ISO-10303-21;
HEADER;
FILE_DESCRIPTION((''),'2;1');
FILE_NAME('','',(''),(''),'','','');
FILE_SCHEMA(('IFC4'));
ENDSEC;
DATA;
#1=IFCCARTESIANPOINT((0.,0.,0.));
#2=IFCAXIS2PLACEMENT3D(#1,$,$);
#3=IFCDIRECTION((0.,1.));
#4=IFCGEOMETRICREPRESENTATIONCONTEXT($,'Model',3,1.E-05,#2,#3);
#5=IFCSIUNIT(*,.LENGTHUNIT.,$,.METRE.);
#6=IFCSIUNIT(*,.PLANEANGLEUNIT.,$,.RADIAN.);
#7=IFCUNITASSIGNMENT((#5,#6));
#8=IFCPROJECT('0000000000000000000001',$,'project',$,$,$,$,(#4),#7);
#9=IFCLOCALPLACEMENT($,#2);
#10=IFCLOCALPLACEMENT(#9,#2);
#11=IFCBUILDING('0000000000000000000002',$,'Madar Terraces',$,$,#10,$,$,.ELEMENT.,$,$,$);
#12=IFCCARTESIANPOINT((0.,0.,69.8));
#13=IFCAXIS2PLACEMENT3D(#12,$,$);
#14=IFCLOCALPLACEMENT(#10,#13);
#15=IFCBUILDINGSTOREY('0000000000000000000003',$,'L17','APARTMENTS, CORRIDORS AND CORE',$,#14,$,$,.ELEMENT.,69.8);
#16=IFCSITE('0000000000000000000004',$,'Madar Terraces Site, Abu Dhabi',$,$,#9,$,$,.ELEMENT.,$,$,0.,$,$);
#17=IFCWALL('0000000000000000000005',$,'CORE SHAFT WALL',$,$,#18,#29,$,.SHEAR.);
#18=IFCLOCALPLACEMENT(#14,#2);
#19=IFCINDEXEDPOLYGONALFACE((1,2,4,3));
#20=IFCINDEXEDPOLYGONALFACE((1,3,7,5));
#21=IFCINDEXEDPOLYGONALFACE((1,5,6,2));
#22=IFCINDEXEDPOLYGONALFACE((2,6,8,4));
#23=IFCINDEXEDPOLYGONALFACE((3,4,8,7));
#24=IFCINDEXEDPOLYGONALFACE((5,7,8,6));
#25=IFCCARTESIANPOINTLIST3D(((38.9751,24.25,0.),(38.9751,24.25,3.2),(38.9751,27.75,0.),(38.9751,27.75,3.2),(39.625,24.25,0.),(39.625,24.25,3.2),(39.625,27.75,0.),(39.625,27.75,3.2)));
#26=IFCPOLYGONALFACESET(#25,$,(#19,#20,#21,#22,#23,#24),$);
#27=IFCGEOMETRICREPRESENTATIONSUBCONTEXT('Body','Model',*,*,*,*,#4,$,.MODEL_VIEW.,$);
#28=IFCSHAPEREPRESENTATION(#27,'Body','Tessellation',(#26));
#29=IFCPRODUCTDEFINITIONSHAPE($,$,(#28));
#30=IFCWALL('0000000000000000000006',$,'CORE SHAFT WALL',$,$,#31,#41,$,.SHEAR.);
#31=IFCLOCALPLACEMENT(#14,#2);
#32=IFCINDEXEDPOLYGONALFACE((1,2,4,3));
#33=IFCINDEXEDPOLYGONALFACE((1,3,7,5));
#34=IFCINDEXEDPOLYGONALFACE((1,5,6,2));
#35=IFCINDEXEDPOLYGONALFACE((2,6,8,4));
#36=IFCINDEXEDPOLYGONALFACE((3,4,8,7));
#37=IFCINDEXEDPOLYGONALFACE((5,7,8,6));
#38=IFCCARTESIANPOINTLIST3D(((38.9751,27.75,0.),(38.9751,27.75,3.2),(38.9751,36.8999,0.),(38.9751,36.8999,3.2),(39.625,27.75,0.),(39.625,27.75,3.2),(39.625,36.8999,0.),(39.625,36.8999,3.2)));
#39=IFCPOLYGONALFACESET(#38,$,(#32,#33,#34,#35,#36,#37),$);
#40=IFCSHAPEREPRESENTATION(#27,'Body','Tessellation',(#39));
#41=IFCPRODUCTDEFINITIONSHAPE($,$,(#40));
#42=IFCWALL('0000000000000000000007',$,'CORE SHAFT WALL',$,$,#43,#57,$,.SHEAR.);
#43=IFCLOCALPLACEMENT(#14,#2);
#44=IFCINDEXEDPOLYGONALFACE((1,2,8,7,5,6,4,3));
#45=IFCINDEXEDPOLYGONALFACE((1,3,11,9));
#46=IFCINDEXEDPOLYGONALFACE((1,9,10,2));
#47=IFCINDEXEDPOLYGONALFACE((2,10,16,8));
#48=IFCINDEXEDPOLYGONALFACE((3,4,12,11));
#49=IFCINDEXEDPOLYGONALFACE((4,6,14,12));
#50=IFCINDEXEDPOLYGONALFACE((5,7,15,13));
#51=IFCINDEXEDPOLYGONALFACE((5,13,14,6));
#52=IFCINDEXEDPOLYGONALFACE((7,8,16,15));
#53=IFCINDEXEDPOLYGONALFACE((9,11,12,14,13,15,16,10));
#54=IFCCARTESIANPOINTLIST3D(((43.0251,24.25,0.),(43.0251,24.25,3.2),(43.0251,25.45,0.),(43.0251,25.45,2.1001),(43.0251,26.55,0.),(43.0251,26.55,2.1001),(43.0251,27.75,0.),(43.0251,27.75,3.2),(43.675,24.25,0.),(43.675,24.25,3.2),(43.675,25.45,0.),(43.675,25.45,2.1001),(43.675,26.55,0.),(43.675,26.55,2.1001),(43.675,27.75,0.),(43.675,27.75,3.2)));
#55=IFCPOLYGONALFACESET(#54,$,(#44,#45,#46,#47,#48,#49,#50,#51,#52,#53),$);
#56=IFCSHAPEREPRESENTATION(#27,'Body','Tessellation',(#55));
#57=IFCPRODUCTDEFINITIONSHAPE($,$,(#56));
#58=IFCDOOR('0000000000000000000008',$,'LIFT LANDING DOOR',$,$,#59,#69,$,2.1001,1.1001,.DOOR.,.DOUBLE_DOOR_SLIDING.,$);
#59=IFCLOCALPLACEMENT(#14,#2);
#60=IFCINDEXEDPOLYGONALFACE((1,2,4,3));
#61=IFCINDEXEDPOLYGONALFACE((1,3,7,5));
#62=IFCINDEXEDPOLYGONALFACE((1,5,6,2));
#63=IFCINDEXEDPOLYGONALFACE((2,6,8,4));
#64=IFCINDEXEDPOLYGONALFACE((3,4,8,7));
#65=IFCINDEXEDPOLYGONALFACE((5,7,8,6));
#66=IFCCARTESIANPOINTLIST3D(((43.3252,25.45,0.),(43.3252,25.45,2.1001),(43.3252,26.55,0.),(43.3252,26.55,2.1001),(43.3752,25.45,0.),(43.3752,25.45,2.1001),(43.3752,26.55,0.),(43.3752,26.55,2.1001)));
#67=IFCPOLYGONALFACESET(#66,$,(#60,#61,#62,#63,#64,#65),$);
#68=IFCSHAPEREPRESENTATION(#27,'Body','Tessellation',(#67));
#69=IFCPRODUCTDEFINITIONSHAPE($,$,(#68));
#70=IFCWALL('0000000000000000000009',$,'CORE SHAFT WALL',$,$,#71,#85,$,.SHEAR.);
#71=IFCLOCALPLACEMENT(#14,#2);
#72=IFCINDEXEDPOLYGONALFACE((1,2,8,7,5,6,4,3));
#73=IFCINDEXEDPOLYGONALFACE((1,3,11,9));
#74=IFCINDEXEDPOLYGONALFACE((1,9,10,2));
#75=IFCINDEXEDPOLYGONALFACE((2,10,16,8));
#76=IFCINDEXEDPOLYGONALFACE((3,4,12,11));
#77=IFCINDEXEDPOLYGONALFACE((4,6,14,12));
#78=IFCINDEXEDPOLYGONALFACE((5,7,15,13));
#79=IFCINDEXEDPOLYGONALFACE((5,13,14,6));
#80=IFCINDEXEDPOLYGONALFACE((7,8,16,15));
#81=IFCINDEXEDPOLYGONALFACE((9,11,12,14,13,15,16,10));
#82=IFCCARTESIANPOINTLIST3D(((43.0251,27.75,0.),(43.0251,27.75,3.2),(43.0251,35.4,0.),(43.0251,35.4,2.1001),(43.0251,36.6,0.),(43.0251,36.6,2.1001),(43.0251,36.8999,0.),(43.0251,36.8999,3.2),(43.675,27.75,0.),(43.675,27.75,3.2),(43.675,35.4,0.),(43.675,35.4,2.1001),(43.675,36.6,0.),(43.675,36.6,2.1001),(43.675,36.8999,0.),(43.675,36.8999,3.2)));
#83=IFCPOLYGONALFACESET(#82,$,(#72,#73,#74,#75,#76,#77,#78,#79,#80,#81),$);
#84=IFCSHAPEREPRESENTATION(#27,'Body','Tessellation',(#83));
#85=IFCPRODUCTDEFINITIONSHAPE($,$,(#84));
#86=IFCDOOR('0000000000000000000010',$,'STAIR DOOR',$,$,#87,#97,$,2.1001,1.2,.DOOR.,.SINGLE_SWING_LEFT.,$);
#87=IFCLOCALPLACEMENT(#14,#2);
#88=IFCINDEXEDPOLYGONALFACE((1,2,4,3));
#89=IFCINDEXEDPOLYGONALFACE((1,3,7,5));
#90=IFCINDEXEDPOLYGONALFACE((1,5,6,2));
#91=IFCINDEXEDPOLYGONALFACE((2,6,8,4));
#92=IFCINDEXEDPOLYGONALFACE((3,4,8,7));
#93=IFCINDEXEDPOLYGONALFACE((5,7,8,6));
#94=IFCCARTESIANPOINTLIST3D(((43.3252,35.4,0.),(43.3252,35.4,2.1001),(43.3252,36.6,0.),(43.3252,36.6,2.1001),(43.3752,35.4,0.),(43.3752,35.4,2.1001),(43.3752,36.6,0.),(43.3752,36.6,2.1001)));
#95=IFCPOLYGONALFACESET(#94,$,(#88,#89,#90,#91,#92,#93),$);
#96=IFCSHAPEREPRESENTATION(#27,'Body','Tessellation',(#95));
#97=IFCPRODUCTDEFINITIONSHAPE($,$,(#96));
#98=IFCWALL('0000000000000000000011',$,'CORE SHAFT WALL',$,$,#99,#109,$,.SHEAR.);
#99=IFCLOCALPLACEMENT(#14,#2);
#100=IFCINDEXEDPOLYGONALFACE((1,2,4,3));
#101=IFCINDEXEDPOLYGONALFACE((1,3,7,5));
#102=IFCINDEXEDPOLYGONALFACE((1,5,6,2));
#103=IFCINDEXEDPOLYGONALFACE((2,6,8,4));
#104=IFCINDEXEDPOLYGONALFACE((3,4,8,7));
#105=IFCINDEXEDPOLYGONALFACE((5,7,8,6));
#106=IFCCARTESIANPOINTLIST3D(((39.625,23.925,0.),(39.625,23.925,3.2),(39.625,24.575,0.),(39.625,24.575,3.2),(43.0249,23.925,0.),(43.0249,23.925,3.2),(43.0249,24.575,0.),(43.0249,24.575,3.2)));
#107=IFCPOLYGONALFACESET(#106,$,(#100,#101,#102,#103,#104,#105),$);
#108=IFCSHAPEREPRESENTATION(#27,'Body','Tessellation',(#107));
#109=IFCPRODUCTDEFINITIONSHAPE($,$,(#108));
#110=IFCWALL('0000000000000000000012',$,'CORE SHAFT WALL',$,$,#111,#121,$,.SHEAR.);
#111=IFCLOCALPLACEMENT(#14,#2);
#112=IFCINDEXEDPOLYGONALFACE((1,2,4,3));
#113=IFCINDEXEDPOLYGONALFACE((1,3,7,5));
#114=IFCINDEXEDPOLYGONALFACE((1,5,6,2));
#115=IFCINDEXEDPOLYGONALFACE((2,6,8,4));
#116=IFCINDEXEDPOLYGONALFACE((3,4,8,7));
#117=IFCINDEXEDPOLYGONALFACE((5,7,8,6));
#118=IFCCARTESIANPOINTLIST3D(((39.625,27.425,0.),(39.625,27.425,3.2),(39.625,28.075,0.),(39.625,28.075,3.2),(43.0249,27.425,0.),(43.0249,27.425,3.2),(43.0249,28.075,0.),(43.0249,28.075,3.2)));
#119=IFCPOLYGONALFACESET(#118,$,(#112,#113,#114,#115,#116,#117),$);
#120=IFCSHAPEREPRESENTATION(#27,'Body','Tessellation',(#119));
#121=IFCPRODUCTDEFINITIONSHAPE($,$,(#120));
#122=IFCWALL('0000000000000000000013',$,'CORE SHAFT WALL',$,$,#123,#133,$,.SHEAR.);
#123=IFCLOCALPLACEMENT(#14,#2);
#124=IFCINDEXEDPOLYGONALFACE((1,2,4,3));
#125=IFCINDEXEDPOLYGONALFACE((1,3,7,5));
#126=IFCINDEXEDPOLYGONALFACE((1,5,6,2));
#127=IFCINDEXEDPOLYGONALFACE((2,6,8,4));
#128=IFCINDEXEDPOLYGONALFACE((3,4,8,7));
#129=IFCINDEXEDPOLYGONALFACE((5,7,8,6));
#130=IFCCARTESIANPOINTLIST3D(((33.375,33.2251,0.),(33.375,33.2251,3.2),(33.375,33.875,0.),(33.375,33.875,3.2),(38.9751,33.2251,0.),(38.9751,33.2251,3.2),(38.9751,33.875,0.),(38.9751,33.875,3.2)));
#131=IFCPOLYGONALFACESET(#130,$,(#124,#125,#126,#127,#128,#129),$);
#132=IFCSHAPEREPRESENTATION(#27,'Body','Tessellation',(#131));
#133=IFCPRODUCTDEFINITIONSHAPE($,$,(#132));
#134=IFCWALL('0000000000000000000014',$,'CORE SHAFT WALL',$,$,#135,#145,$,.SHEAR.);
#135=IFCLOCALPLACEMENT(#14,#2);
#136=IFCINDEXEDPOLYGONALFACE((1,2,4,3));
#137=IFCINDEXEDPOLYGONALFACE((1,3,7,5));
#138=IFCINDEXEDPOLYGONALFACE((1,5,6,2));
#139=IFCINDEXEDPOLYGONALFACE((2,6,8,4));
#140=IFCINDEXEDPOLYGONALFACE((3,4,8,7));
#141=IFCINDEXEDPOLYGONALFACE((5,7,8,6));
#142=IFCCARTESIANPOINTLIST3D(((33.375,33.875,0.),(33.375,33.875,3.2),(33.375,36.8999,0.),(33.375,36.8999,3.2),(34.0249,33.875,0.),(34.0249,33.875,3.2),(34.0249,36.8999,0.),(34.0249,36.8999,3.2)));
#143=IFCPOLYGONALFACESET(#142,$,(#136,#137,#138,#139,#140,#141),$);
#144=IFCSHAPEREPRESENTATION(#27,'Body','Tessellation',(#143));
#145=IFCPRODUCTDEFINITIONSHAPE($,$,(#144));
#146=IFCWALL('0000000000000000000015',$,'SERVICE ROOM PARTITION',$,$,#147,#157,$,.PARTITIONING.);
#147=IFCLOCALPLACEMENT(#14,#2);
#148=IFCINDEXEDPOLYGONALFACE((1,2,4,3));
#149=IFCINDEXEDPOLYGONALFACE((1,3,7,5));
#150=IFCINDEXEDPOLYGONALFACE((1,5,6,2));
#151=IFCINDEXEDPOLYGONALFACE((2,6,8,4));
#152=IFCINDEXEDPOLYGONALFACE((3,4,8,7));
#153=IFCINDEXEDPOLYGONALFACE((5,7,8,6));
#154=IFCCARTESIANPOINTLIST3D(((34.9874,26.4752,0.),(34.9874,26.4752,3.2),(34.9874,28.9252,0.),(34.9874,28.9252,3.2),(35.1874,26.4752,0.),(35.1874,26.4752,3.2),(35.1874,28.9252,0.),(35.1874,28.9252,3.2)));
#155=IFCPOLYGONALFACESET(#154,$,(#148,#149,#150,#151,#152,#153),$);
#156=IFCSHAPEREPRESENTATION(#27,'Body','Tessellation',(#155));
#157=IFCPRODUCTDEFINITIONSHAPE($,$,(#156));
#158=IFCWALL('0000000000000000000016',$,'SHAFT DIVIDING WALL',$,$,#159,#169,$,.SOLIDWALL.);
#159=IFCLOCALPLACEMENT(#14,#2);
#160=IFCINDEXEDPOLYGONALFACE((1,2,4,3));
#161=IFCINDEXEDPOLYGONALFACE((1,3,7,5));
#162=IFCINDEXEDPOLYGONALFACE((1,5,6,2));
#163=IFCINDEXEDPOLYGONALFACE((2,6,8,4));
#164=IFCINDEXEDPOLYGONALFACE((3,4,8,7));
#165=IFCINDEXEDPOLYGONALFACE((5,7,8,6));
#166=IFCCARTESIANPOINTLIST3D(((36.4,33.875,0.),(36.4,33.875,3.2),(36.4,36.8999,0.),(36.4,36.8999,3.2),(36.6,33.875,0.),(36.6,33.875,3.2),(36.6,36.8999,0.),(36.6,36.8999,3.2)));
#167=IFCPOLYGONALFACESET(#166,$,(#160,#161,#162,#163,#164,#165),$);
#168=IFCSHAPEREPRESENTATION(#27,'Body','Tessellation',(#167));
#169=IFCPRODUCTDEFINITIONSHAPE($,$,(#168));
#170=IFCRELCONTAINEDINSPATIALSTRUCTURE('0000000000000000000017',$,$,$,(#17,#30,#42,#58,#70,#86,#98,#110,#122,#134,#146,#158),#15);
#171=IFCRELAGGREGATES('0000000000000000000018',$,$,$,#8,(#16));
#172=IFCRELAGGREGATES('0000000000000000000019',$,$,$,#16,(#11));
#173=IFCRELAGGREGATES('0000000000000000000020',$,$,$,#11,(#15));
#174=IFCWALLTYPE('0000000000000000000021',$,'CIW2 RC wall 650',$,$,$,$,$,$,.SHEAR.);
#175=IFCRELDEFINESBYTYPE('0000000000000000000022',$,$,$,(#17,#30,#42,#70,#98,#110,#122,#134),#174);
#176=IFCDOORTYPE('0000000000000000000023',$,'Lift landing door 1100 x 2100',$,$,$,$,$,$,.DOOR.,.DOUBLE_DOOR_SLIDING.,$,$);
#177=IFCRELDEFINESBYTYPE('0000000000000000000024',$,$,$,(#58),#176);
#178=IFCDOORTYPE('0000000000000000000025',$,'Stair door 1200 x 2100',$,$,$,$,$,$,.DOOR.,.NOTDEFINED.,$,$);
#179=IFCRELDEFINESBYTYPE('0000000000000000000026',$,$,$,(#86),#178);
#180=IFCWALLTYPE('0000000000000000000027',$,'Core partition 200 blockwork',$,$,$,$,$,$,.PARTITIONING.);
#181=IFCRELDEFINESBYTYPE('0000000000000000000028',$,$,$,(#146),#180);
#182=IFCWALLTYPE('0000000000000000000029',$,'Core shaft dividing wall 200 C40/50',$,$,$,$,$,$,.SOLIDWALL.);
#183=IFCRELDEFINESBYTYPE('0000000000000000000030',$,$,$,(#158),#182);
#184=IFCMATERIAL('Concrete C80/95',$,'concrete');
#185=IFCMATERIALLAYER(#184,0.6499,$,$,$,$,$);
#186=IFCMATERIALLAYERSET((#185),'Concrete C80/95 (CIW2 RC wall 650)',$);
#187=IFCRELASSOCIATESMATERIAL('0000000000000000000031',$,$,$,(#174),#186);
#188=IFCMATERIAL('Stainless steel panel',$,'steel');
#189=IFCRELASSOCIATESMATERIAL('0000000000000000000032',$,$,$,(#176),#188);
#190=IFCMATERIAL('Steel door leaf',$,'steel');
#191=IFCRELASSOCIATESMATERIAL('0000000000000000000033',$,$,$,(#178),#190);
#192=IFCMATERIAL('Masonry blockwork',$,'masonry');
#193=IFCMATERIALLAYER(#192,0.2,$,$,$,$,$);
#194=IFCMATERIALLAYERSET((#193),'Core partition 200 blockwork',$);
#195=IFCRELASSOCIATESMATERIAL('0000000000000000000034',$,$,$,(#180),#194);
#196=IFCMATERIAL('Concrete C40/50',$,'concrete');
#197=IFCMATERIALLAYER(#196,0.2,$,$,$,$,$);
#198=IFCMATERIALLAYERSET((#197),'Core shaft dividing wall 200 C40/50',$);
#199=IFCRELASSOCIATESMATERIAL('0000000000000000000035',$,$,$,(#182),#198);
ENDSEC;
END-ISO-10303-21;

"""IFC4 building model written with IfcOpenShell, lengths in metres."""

from ifc_helpers import new_model, si_unit, direction, frame, frame_2d, origin, place, context, subcontext, project, spatial, rectangle, extrude, material, layer, layer_set, type_object, element, fill, save


model = new_model("IFC4")

# Units and contexts
model_context = context("Model", 3, precision=1e-05, world=origin(), true_north=direction((0.0, 1.0)))
body_context = subcontext(model_context, "Body", "Model", "MODEL_VIEW")
ifc_project = project(units=[si_unit("LENGTHUNIT", "METRE"), si_unit("PLANEANGLEUNIT", "RADIAN")], contexts=[model_context])

# Site, building, storey
site_placement = place(None, origin())
site = spatial("IfcSite", under=ifc_project, at=site_placement, Name="Madar Terraces Site, Abu Dhabi", CompositionType="ELEMENT", RefElevation=0.0)
building_placement = place(site_placement, origin())
building = spatial("IfcBuilding", under=site, at=building_placement, Name="Madar Terraces", CompositionType="ELEMENT")
storey_placement = place(building_placement, frame((0.0, 0.0, 69.8)))
storey = spatial("IfcBuildingStorey", under=building, at=storey_placement, Name="L17", Description="APARTMENTS, CORRIDORS AND CORE", CompositionType="ELEMENT", Elevation=69.8)

# Walls
ifc_material_1 = material(Name="Concrete C80/95", Category="concrete")
ifc_layer_1 = layer(ifc_material_1, 0.6499)
ifc_layer_set_1 = layer_set([ifc_layer_1], Name="Concrete C80/95 (CIW2 RC wall 650)")
wall_type_1 = type_object("IfcWallType", Name="CIW2 RC wall 650", PredefinedType="SHEAR", material=ifc_layer_set_1)
wall_1_placement = place(storey_placement, frame((39.3, 24.25, 0.0), z_axis=(0.0, 0.0, 1.0), x_axis=(0.0, 1.0, 0.0)))
element("IfcWall", 1, at=wall_1_placement, inside=storey, type_object=wall_type_1, Name="CORE SHAFT WALL", PredefinedType="SHEAR", context=body_context, shape_type="SweptSolid", body=[
    extrude(rectangle(XDim=3.5, YDim=0.6499, at=frame_2d((1.75, 0.0))), origin(), (0.0, 0.0, 1.0), 3.2),
])
wall_2_placement = place(storey_placement, frame((39.3, 27.75, 0.0), z_axis=(0.0, 0.0, 1.0), x_axis=(0.0, 1.0, 0.0)))
element("IfcWall", 2, at=wall_2_placement, inside=storey, type_object=wall_type_1, Name="CORE SHAFT WALL", PredefinedType="SHEAR", context=body_context, shape_type="SweptSolid", body=[
    extrude(rectangle(XDim=9.1499, YDim=0.6499, at=frame_2d((4.575, 0.0))), origin(), (0.0, 0.0, 1.0), 3.2),
])

# Walls, openings, doors
wall_3_placement = place(storey_placement, frame((43.3501, 24.25, 0.0), z_axis=(0.0, 0.0, 1.0), x_axis=(0.0, 1.0, 0.0)))
wall_3 = element("IfcWall", 3, at=wall_3_placement, inside=storey, type_object=wall_type_1, Name="CORE SHAFT WALL", PredefinedType="SHEAR", context=body_context, shape_type="SweptSolid", body=[
    extrude(rectangle(XDim=3.5, YDim=0.6499, at=frame_2d((1.75, 0.0))), origin(), (0.0, 0.0, 1.0), 3.2),
])
opening_1_placement = place(wall_3_placement, frame((1.2, 0.0, 0.0)))
opening_1 = element("IfcOpeningElement", 4, at=opening_1_placement, cuts=wall_3, PredefinedType="OPENING", context=body_context, shape_type="SweptSolid", body=[
    extrude(rectangle(XDim=1.1001, YDim=2.1001, at=frame_2d((0.55, 1.05))), frame((0.0, 0.335, 0.0), z_axis=(0.0, -1.0, 0.0), x_axis=(1.0, 0.0, 0.0)), (0.0, 0.0, 1.0), 0.6699),
])
ifc_material_2 = material(Name="Stainless steel panel", Category="steel")
door_type_1 = type_object("IfcDoorType", Name="Lift landing door 1100 x 2100", OperationType="DOUBLE_DOOR_SLIDING", PredefinedType="DOOR", material=ifc_material_2)
door_1_placement = place(opening_1_placement, origin())
door_1 = element("IfcDoor", 5, at=door_1_placement, inside=storey, type_object=door_type_1, Name="LIFT LANDING DOOR", OperationType="DOUBLE_DOOR_SLIDING", OverallHeight=2.1001, OverallWidth=1.1001, PredefinedType="DOOR", context=body_context, shape_type="SweptSolid", body=[
    extrude(rectangle(XDim=1.1001, YDim=2.1001, at=frame_2d((0.55, 1.05))), frame((0.0, 0.0249, 0.0), z_axis=(0.0, -1.0, 0.0), x_axis=(1.0, 0.0, 0.0)), (0.0, 0.0, 1.0), 0.05),
])
fill(opening_1, door_1)
wall_4_placement = place(storey_placement, frame((43.3501, 27.75, 0.0), z_axis=(0.0, 0.0, 1.0), x_axis=(0.0, 1.0, 0.0)))
wall_4 = element("IfcWall", 6, at=wall_4_placement, inside=storey, type_object=wall_type_1, Name="CORE SHAFT WALL", PredefinedType="SHEAR", context=body_context, shape_type="SweptSolid", body=[
    extrude(rectangle(XDim=9.1499, YDim=0.6499, at=frame_2d((4.575, 0.0))), origin(), (0.0, 0.0, 1.0), 3.2),
])
opening_2_placement = place(wall_4_placement, frame((7.6499, 0.0, 0.0)))
opening_2 = element("IfcOpeningElement", 7, at=opening_2_placement, cuts=wall_4, PredefinedType="OPENING", context=body_context, shape_type="SweptSolid", body=[
    extrude(rectangle(XDim=1.2, YDim=2.1001, at=frame_2d((0.6001, 1.05))), frame((0.0, 0.335, 0.0), z_axis=(0.0, -1.0, 0.0), x_axis=(1.0, 0.0, 0.0)), (0.0, 0.0, 1.0), 0.6699),
])
ifc_material_3 = material(Name="Steel door leaf", Category="steel")
door_type_2 = type_object("IfcDoorType", Name="Stair door 1200 x 2100", OperationType="NOTDEFINED", PredefinedType="DOOR", material=ifc_material_3)
door_2_placement = place(opening_2_placement, origin())
door_2 = element("IfcDoor", 8, at=door_2_placement, inside=storey, type_object=door_type_2, Name="STAIR DOOR", OperationType="SINGLE_SWING_LEFT", OverallHeight=2.1001, OverallWidth=1.2, PredefinedType="DOOR", context=body_context, shape_type="SweptSolid", body=[
    extrude(rectangle(XDim=1.2, YDim=2.1001, at=frame_2d((0.6001, 1.05))), frame((0.0, 0.0249, 0.0), z_axis=(0.0, -1.0, 0.0), x_axis=(1.0, 0.0, 0.0)), (0.0, 0.0, 1.0), 0.05),
])
fill(opening_2, door_2)

# Walls
for number, where, z_axis, x_axis, name in (
    (9, (39.625, 24.25, 0.0), (0.0, 0.0, 1.0), (1.0, 0.0, 0.0), "CORE SHAFT WALL"),
    (10, (39.625, 27.75, 0.0), (0.0, 0.0, 1.0), (1.0, 0.0, 0.0), "CORE SHAFT WALL"),
):
    element("IfcWall", number, at=place(storey_placement, frame(where, z_axis=z_axis, x_axis=x_axis)), inside=storey, type_object=wall_type_1, Name=name, PredefinedType="SHEAR", context=body_context, shape_type="SweptSolid", body=[
        extrude(rectangle(XDim=3.3999, YDim=0.6499, at=frame_2d((1.7, 0.0))), origin(), (0.0, 0.0, 1.0), 3.2),
    ])
wall_5_placement = place(storey_placement, frame((33.375, 33.55, 0.0), z_axis=(0.0, 0.0, 1.0), x_axis=(1.0, 0.0, 0.0)))
element("IfcWall", 11, at=wall_5_placement, inside=storey, type_object=wall_type_1, Name="CORE SHAFT WALL", PredefinedType="SHEAR", context=body_context, shape_type="SweptSolid", body=[
    extrude(rectangle(XDim=5.6001, YDim=0.6499, at=frame_2d((2.8, 0.0))), origin(), (0.0, 0.0, 1.0), 3.2),
])
wall_6_placement = place(storey_placement, frame((33.7, 33.875, 0.0), z_axis=(0.0, 0.0, 1.0), x_axis=(0.0, 1.0, 0.0)))
element("IfcWall", 12, at=wall_6_placement, inside=storey, type_object=wall_type_1, Name="CORE SHAFT WALL", PredefinedType="SHEAR", context=body_context, shape_type="SweptSolid", body=[
    extrude(rectangle(XDim=3.0249, YDim=0.6499, at=frame_2d((1.5125, 0.0))), origin(), (0.0, 0.0, 1.0), 3.2),
])
ifc_material_4 = material(Name="Masonry blockwork", Category="masonry")
ifc_layer_2 = layer(ifc_material_4, 0.2)
ifc_layer_set_2 = layer_set([ifc_layer_2], Name="Core partition 200 blockwork")
wall_type_2 = type_object("IfcWallType", Name="Core partition 200 blockwork", PredefinedType="PARTITIONING", material=ifc_layer_set_2)
wall_7_placement = place(storey_placement, frame((35.0874, 26.4751, 0.0), z_axis=(0.0, 0.0, 1.0), x_axis=(0.0, 1.0, 0.0)))
element("IfcWall", 13, at=wall_7_placement, inside=storey, type_object=wall_type_2, Name="SERVICE ROOM PARTITION", PredefinedType="PARTITIONING", context=body_context, shape_type="SweptSolid", body=[
    extrude(rectangle(XDim=2.45, YDim=0.2, at=frame_2d((1.2251, 0.0))), origin(), (0.0, 0.0, 1.0), 3.2),
])
ifc_material_5 = material(Name="Concrete C40/50", Category="concrete")
ifc_layer_3 = layer(ifc_material_5, 0.2)
ifc_layer_set_3 = layer_set([ifc_layer_3], Name="Core shaft dividing wall 200 C40/50")
wall_type_3 = type_object("IfcWallType", Name="Core shaft dividing wall 200 C40/50", PredefinedType="SOLIDWALL", material=ifc_layer_set_3)
wall_8_placement = place(storey_placement, frame((36.5, 33.875, 0.0), z_axis=(0.0, 0.0, 1.0), x_axis=(0.0, 1.0, 0.0)))
element("IfcWall", 14, at=wall_8_placement, inside=storey, type_object=wall_type_3, Name="SHAFT DIVIDING WALL", PredefinedType="SOLIDWALL", context=body_context, shape_type="SweptSolid", body=[
    extrude(rectangle(XDim=3.0249, YDim=0.2, at=frame_2d((1.5125, 0.0))), origin(), (0.0, 0.0, 1.0), 3.2),
])

save(model, "model.ifc")
